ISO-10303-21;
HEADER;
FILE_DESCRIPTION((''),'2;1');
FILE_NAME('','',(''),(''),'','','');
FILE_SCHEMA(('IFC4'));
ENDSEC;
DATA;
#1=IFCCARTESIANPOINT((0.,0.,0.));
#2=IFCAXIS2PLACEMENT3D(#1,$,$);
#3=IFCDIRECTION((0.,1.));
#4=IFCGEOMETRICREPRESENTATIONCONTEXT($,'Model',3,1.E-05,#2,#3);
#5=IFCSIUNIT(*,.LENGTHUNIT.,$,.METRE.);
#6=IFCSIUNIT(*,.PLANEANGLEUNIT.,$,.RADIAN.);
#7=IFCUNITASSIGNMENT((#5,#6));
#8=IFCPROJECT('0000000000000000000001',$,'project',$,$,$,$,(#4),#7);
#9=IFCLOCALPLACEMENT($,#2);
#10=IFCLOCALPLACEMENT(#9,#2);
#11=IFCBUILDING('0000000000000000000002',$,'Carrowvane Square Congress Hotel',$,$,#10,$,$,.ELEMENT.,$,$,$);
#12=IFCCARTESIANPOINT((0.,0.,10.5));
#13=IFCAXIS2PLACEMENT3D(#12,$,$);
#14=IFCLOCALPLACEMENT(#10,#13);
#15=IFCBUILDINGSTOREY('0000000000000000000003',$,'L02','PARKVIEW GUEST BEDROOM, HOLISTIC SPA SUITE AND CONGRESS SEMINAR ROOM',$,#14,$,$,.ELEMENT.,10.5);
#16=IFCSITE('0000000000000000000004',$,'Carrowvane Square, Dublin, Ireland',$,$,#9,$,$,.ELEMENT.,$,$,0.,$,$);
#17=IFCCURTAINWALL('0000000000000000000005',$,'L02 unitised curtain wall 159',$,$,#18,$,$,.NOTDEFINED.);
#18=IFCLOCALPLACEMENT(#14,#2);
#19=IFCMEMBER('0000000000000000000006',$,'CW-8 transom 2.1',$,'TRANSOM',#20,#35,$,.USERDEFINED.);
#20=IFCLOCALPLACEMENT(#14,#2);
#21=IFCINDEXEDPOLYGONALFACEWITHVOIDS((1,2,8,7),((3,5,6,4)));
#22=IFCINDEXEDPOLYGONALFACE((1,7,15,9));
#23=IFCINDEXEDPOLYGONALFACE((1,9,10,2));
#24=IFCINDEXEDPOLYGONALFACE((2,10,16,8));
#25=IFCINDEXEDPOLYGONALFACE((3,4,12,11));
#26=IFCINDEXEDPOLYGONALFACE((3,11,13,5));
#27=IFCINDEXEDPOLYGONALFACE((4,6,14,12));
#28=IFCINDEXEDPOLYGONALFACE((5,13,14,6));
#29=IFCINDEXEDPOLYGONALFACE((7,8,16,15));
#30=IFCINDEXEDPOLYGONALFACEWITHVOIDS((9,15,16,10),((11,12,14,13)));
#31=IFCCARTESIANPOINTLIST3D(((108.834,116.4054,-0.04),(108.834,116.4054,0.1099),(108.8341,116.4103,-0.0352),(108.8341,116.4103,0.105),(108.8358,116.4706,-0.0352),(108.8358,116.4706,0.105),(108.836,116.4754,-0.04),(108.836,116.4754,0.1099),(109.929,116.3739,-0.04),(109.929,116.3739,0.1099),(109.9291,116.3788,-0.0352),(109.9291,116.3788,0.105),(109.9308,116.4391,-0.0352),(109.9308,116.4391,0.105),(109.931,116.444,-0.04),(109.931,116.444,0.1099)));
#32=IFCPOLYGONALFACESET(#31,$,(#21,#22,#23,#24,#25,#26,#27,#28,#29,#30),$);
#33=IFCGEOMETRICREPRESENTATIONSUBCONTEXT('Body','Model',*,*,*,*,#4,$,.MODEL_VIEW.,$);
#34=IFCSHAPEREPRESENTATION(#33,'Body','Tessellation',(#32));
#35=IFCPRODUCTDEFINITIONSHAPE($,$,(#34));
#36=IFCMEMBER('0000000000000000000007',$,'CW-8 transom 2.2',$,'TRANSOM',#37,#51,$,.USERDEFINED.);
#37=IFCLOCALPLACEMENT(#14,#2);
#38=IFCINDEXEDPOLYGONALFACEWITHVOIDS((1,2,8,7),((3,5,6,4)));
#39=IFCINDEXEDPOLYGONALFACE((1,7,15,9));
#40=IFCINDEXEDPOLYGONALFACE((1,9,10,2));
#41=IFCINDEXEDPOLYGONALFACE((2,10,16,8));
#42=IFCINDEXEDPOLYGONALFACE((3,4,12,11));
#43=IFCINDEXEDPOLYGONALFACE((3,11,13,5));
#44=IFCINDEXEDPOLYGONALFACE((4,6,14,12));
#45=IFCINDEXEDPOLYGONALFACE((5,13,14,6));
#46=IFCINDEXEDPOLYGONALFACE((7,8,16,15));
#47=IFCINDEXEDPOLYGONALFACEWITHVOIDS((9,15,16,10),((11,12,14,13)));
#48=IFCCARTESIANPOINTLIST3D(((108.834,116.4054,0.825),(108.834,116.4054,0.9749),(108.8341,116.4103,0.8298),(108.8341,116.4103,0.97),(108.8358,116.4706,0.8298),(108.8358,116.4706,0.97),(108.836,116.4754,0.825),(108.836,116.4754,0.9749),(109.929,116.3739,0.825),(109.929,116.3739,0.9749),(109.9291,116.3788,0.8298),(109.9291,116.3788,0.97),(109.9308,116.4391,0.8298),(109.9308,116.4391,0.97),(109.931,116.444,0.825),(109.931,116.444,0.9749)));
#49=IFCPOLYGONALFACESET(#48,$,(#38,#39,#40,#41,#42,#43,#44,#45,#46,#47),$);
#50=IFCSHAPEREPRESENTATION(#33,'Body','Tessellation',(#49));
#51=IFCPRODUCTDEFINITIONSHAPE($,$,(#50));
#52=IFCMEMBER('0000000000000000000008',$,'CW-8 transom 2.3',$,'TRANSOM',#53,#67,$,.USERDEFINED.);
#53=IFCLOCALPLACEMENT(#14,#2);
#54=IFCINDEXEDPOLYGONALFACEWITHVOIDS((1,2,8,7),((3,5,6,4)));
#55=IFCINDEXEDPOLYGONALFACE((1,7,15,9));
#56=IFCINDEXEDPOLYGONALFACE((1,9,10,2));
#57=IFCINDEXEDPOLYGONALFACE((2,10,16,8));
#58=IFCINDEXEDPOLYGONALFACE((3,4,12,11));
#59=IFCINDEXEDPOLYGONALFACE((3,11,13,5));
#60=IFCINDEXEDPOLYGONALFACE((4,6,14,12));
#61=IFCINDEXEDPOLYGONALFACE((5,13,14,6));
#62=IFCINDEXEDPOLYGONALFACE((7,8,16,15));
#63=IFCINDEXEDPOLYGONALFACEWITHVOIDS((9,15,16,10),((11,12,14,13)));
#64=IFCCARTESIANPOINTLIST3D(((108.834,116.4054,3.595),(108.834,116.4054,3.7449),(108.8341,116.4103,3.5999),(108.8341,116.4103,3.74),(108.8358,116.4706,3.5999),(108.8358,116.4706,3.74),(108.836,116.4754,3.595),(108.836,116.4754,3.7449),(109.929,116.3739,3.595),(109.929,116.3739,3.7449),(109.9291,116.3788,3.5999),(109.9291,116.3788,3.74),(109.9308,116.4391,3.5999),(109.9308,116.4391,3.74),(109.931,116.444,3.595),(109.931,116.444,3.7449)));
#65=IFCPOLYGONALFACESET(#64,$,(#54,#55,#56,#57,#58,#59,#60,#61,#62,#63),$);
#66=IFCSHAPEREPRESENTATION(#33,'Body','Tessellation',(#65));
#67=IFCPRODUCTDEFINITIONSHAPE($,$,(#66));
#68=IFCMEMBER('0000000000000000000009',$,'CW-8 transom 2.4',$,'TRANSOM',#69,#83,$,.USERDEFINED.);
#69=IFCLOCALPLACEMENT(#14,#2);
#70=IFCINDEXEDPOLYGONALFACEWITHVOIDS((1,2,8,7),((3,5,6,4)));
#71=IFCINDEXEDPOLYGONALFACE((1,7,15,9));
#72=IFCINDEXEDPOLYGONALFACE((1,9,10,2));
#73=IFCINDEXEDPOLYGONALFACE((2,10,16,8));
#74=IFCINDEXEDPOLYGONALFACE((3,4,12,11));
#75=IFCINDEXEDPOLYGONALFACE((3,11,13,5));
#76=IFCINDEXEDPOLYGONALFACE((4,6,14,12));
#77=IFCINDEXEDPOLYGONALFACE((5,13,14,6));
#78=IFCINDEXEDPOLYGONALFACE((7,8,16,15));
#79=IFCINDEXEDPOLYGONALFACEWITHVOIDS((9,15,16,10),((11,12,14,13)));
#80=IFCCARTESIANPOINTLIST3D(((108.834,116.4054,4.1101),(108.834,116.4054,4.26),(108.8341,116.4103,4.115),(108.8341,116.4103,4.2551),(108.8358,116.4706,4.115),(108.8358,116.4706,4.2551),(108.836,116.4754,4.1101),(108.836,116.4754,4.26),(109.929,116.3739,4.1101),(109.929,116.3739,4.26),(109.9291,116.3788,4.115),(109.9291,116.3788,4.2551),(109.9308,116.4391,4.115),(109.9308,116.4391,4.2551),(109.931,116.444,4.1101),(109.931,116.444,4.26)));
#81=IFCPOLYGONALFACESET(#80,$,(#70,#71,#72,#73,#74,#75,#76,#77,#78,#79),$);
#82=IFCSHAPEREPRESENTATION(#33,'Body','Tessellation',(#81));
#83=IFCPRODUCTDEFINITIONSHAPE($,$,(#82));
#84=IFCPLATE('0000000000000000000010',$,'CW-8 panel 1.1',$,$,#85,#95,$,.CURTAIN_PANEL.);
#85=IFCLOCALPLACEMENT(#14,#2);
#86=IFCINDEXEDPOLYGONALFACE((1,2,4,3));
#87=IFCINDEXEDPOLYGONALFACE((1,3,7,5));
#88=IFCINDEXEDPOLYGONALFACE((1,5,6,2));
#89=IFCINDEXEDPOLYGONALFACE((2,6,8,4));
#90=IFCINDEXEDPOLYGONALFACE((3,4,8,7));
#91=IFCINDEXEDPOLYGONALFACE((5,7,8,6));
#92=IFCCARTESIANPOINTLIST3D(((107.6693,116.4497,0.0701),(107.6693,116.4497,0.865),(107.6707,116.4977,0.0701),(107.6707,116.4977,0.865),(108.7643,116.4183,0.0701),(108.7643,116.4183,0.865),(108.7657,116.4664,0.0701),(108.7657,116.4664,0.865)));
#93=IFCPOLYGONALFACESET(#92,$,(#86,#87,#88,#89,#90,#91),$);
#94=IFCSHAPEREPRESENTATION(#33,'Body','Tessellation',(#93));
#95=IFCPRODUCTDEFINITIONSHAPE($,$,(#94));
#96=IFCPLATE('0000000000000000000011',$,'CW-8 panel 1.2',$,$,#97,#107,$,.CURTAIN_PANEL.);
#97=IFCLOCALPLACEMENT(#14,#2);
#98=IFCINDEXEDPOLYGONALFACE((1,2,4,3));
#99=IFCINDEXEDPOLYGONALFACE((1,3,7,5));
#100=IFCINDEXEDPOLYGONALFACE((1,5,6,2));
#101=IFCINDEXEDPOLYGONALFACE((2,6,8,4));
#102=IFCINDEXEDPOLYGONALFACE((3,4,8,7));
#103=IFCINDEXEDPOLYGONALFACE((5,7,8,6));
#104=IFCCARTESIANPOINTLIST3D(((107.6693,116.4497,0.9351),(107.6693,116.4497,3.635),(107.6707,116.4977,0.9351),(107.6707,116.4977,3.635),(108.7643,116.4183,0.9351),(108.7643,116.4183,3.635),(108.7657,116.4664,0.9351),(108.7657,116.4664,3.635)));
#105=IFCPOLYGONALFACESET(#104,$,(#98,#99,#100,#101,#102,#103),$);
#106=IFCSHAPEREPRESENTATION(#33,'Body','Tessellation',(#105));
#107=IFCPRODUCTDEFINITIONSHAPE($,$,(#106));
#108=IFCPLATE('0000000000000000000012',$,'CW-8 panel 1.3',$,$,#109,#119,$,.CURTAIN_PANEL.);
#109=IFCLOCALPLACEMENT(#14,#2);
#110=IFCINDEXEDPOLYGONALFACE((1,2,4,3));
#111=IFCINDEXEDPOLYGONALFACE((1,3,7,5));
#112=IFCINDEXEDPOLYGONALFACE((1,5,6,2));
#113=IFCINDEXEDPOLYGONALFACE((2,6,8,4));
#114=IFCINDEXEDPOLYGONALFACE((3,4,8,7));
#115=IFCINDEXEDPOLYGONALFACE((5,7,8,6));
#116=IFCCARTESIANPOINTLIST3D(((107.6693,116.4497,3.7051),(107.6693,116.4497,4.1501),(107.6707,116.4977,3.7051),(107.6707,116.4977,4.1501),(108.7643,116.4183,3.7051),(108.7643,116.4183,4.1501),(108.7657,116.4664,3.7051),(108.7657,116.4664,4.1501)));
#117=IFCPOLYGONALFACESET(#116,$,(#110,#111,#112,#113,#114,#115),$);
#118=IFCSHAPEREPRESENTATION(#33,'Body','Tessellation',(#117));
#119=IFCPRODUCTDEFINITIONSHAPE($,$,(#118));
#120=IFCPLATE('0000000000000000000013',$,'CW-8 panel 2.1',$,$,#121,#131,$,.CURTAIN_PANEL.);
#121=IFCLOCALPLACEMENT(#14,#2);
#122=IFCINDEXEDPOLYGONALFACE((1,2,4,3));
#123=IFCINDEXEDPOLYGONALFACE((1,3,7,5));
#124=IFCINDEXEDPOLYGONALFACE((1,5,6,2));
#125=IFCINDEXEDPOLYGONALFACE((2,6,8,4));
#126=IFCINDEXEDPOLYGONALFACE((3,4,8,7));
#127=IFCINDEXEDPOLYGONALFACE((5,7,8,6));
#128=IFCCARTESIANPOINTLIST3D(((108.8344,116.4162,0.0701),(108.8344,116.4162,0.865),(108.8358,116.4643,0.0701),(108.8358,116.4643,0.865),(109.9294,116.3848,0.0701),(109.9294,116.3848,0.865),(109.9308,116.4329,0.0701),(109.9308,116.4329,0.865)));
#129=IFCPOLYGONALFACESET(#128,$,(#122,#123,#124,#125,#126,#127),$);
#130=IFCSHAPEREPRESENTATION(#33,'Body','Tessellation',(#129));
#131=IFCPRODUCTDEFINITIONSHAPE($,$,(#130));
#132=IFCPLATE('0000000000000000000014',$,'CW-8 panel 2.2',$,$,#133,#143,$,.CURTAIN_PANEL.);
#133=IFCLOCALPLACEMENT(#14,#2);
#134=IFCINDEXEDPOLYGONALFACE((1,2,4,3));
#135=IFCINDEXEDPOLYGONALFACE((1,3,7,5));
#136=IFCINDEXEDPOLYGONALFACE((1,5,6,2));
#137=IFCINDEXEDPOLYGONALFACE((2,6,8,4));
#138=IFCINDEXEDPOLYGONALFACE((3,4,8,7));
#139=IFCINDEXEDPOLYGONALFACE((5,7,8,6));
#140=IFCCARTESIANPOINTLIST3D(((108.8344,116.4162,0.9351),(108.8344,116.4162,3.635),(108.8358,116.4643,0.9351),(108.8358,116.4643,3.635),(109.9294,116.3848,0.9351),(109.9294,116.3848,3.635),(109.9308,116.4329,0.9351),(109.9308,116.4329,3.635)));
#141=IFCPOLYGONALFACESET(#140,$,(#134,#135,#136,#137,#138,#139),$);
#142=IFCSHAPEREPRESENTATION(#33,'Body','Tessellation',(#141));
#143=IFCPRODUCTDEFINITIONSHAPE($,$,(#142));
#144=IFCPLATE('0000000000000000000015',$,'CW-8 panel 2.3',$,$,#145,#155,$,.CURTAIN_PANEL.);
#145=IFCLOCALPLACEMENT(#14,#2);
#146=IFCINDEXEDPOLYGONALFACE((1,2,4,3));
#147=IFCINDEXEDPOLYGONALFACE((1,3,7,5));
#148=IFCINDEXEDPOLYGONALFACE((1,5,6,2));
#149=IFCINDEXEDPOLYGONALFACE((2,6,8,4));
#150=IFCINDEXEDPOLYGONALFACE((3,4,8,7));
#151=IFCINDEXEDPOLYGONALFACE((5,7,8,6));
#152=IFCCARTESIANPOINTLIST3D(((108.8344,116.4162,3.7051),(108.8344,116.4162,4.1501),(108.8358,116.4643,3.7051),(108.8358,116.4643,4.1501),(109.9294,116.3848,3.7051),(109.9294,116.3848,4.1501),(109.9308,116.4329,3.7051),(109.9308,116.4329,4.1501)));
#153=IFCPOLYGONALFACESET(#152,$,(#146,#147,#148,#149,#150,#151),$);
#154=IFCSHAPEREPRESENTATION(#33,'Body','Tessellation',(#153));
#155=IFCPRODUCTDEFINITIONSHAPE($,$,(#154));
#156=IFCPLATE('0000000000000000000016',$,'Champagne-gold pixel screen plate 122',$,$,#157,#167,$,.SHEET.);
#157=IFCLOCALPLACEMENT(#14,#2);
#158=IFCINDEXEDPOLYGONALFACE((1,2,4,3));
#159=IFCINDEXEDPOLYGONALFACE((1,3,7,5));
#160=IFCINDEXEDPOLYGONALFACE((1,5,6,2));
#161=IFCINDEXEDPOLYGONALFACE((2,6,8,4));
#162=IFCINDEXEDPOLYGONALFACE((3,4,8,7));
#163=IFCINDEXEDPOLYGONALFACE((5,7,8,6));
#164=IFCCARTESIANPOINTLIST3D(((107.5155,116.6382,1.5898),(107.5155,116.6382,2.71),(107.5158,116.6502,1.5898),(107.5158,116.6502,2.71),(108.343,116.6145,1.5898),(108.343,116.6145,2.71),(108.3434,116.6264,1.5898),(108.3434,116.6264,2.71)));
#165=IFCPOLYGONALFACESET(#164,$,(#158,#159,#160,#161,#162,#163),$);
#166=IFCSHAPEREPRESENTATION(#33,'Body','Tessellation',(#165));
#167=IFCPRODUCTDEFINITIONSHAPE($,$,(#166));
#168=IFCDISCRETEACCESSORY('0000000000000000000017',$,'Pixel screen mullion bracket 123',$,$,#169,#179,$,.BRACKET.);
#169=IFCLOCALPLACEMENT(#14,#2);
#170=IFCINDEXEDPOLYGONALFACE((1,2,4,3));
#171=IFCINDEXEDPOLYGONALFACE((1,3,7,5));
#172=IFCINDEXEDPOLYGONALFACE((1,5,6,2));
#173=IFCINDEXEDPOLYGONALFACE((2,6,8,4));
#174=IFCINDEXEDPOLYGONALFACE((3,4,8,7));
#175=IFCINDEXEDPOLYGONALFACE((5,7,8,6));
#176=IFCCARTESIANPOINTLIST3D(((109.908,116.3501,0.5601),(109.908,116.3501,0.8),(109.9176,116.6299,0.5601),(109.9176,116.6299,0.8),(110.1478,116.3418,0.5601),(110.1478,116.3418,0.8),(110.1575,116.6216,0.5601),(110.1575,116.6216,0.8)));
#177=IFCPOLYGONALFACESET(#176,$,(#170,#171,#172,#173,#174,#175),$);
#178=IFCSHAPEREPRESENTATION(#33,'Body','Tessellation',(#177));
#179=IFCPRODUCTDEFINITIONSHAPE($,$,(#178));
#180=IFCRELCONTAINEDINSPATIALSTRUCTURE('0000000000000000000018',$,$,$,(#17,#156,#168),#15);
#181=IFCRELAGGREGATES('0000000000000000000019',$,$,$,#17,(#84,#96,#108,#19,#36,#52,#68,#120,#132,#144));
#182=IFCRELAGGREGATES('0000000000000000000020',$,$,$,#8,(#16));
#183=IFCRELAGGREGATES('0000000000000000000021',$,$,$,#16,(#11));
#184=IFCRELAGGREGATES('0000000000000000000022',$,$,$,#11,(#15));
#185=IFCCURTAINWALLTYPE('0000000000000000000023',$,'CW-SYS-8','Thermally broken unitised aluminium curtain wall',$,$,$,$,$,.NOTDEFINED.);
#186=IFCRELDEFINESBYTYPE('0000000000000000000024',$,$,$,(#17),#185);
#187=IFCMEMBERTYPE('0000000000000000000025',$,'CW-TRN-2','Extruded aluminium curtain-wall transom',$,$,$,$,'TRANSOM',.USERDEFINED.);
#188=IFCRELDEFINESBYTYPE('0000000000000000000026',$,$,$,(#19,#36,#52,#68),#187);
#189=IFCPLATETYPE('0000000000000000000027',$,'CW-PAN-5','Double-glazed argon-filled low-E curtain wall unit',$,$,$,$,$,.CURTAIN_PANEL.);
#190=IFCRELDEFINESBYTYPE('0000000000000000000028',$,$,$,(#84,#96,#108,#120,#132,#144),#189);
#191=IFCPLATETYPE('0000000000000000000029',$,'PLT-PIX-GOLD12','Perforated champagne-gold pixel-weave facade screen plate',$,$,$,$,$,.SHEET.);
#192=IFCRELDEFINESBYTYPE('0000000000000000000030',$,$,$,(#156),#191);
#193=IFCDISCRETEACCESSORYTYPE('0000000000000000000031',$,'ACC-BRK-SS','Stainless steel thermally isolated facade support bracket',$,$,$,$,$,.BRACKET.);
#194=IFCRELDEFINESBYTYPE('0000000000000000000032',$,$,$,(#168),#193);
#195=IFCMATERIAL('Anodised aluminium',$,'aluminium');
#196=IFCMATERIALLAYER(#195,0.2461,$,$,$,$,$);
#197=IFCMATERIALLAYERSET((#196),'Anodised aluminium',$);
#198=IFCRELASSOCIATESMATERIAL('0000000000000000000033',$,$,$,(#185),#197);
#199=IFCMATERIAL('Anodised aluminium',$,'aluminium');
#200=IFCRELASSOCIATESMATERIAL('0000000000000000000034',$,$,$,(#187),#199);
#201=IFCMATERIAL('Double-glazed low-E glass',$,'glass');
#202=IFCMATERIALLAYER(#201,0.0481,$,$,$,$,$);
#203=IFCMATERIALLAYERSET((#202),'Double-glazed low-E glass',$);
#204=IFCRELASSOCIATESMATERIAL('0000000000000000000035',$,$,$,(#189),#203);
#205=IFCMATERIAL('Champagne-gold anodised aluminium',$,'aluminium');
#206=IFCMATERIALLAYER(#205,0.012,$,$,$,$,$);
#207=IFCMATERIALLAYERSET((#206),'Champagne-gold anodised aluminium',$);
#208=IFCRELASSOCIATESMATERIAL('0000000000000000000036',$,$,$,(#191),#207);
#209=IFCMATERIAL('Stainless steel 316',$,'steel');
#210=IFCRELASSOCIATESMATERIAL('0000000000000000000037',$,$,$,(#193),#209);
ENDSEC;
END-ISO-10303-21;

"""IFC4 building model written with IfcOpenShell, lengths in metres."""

from ifc_helpers import new_model, si_unit, direction, frame, origin, origin_2d, place, context, subcontext, project, spatial, rectangle, hollow_rectangle, extrude, material, layer, layer_set, material_profile, profile_set, type_object, element, aggregate, save


model = new_model("IFC4")

# Units and contexts
model_context = context("Model", 3, precision=1e-05, world=origin(), true_north=direction((0.0, 1.0)))
body_context = subcontext(model_context, "Body", "Model", "MODEL_VIEW")
ifc_project = project(units=[si_unit("LENGTHUNIT", "METRE"), si_unit("PLANEANGLEUNIT", "RADIAN")], contexts=[model_context])

# Site, building, storey
site_placement = place(None, origin())
site = spatial("IfcSite", under=ifc_project, at=site_placement, Name="Carrowvane Square, Dublin, Ireland", CompositionType="ELEMENT", RefElevation=0.0)
building_placement = place(site_placement, origin())
building = spatial("IfcBuilding", under=site, at=building_placement, Name="Carrowvane Square Congress Hotel", CompositionType="ELEMENT")
storey_placement = place(building_placement, frame((0.0, 0.0, 10.5)))
storey = spatial("IfcBuildingStorey", under=building, at=storey_placement, Name="L02", Description="PARKVIEW GUEST BEDROOM, HOLISTIC SPA SUITE AND CONGRESS SEMINAR ROOM", CompositionType="ELEMENT", Elevation=10.5)

# Curtain wall
ifc_material_1 = material(Name="Anodised aluminium", Category="aluminium")
ifc_layer_1 = layer(ifc_material_1, 0.2461)
ifc_layer_set_1 = layer_set([ifc_layer_1], Name="Anodised aluminium")
curtain_wall_type_1 = type_object("IfcCurtainWallType", Name="CW-SYS-8", Description="Thermally broken unitised aluminium curtain wall", PredefinedType="NOTDEFINED", material=ifc_layer_set_1)
curtain_wall_1_placement = place(storey_placement, origin())
curtain_wall_1 = element("IfcCurtainWall", 1, at=curtain_wall_1_placement, inside=storey, type_object=curtain_wall_type_1, Name="L02 unitised curtain wall 159", PredefinedType="NOTDEFINED")

# Members
ifc_material_2 = material(Name="Anodised aluminium", Category="aluminium")
ifc_material_profile_1 = material_profile(ifc_material_2, hollow_rectangle(XDim=0.0701, YDim=0.1499, WallThickness=0.0049, at=origin_2d()), Name="CW-TR 70x150x5")
ifc_profile_set_1 = profile_set([ifc_material_profile_1], Name="Anodised aluminium")
member_type_1 = type_object("IfcMemberType", Name="CW-TRN-2", Description="Extruded aluminium curtain-wall transom", ElementType="TRANSOM", PredefinedType="USERDEFINED", material=ifc_profile_set_1)
member_1_placement = place(storey_placement, frame((108.835, 116.4404, 0.0349), z_axis=(0.999587, -0.028751, 0.0), x_axis=(0.028751, 0.999587, 0.0)))
member_1 = element("IfcMember", 2, at=member_1_placement, type_object=member_type_1, Name="CW-8 transom 2.1", ObjectType="TRANSOM", PredefinedType="USERDEFINED", context=body_context, shape_type="SweptSolid", body=[
    extrude(hollow_rectangle(XDim=0.0701, YDim=0.1499, WallThickness=0.0049, at=origin_2d()), origin(), (0.0, 0.0, 1.0), 1.0955),
])
member_2_placement = place(storey_placement, frame((108.835, 116.4404, 0.8999), z_axis=(0.999587, -0.028751, 0.0), x_axis=(0.028751, 0.999587, 0.0)))
member_2 = element("IfcMember", 3, at=member_2_placement, type_object=member_type_1, Name="CW-8 transom 2.2", ObjectType="TRANSOM", PredefinedType="USERDEFINED", context=body_context, shape_type="SweptSolid", body=[
    extrude(hollow_rectangle(XDim=0.0701, YDim=0.1499, WallThickness=0.0049, at=origin_2d()), origin(), (0.0, 0.0, 1.0), 1.0955),
])
member_3_placement = place(storey_placement, frame((108.835, 116.4404, 3.6699), z_axis=(0.999587, -0.028751, 0.0), x_axis=(0.028751, 0.999587, 0.0)))
member_3 = element("IfcMember", 4, at=member_3_placement, type_object=member_type_1, Name="CW-8 transom 2.3", ObjectType="TRANSOM", PredefinedType="USERDEFINED", context=body_context, shape_type="SweptSolid", body=[
    extrude(hollow_rectangle(XDim=0.0701, YDim=0.1499, WallThickness=0.0049, at=origin_2d()), origin(), (0.0, 0.0, 1.0), 1.0955),
])
member_4_placement = place(storey_placement, frame((108.835, 116.4404, 4.1851), z_axis=(0.999587, -0.028751, 0.0), x_axis=(0.028751, 0.999587, 0.0)))
member_4 = element("IfcMember", 5, at=member_4_placement, type_object=member_type_1, Name="CW-8 transom 2.4", ObjectType="TRANSOM", PredefinedType="USERDEFINED", context=body_context, shape_type="SweptSolid", body=[
    extrude(hollow_rectangle(XDim=0.0701, YDim=0.1499, WallThickness=0.0049, at=origin_2d()), origin(), (0.0, 0.0, 1.0), 1.0955),
])

# Plates
ifc_material_3 = material(Name="Double-glazed low-E glass", Category="glass")
ifc_layer_2 = layer(ifc_material_3, 0.0481)
ifc_layer_set_2 = layer_set([ifc_layer_2], Name="Double-glazed low-E glass")
plate_type_1 = type_object("IfcPlateType", Name="CW-PAN-5", Description="Double-glazed argon-filled low-E curtain wall unit", PredefinedType="CURTAIN_PANEL", material=ifc_layer_set_2)
plate_1_placement = place(storey_placement, frame((108.2175, 116.458, 0.0701), z_axis=(0.0, 0.0, 1.0), x_axis=(0.99959, -0.028638, 0.0)))
plate_1 = element("IfcPlate", 6, at=plate_1_placement, type_object=plate_type_1, Name="CW-8 panel 1.1", PredefinedType="CURTAIN_PANEL", context=body_context, shape_type="SweptSolid", body=[
    extrude(rectangle(XDim=1.0955, YDim=0.0481, at=origin_2d()), origin(), (0.0, 0.0, 1.0), 0.7949),
])
plate_2_placement = place(storey_placement, frame((108.2175, 116.458, 0.9351), z_axis=(0.0, 0.0, 1.0), x_axis=(0.99959, -0.028638, 0.0)))
plate_2 = element("IfcPlate", 7, at=plate_2_placement, type_object=plate_type_1, Name="CW-8 panel 1.2", PredefinedType="CURTAIN_PANEL", context=body_context, shape_type="SweptSolid", body=[
    extrude(rectangle(XDim=1.0955, YDim=0.0481, at=origin_2d()), origin(), (0.0, 0.0, 1.0), 2.7),
])
plate_3_placement = place(storey_placement, frame((108.2175, 116.458, 3.7051), z_axis=(0.0, 0.0, 1.0), x_axis=(0.99959, -0.028638, 0.0)))
plate_3 = element("IfcPlate", 8, at=plate_3_placement, type_object=plate_type_1, Name="CW-8 panel 1.3", PredefinedType="CURTAIN_PANEL", context=body_context, shape_type="SweptSolid", body=[
    extrude(rectangle(XDim=1.0955, YDim=0.0481, at=origin_2d()), origin(), (0.0, 0.0, 1.0), 0.4451),
])
plate_4_placement = place(storey_placement, frame((109.3826, 116.4246, 0.0701), z_axis=(0.0, 0.0, 1.0), x_axis=(0.99959, -0.028638, 0.0)))
plate_4 = element("IfcPlate", 9, at=plate_4_placement, type_object=plate_type_1, Name="CW-8 panel 2.1", PredefinedType="CURTAIN_PANEL", context=body_context, shape_type="SweptSolid", body=[
    extrude(rectangle(XDim=1.0955, YDim=0.0481, at=origin_2d()), origin(), (0.0, 0.0, 1.0), 0.7949),
])
plate_5_placement = place(storey_placement, frame((109.3826, 116.4246, 0.9351), z_axis=(0.0, 0.0, 1.0), x_axis=(0.99959, -0.028638, 0.0)))
plate_5 = element("IfcPlate", 10, at=plate_5_placement, type_object=plate_type_1, Name="CW-8 panel 2.2", PredefinedType="CURTAIN_PANEL", context=body_context, shape_type="SweptSolid", body=[
    extrude(rectangle(XDim=1.0955, YDim=0.0481, at=origin_2d()), origin(), (0.0, 0.0, 1.0), 2.7),
])
plate_6_placement = place(storey_placement, frame((109.3826, 116.4246, 3.7051), z_axis=(0.0, 0.0, 1.0), x_axis=(0.99959, -0.028638, 0.0)))
plate_6 = element("IfcPlate", 11, at=plate_6_placement, type_object=plate_type_1, Name="CW-8 panel 2.3", PredefinedType="CURTAIN_PANEL", context=body_context, shape_type="SweptSolid", body=[
    extrude(rectangle(XDim=1.0955, YDim=0.0481, at=origin_2d()), origin(), (0.0, 0.0, 1.0), 0.4451),
])
aggregate(curtain_wall_1, [plate_1, plate_2, plate_3, member_1, member_2, member_3, member_4, plate_4, plate_5, plate_6])
ifc_material_4 = material(Name="Champagne-gold anodised aluminium", Category="aluminium")
ifc_layer_3 = layer(ifc_material_4, 0.012)
ifc_layer_set_3 = layer_set([ifc_layer_3], Name="Champagne-gold anodised aluminium")
plate_type_2 = type_object("IfcPlateType", Name="PLT-PIX-GOLD12", Description="Perforated champagne-gold pixel-weave facade screen plate", PredefinedType="SHEET", material=ifc_layer_set_3)
plate_7_placement = place(storey_placement, frame((107.9294, 116.6323, 1.5898), z_axis=(0.0, 0.0, 1.0), x_axis=(0.99959, -0.028639, 0.0)))
element("IfcPlate", 12, at=plate_7_placement, inside=storey, type_object=plate_type_2, Name="Champagne-gold pixel screen plate 122", PredefinedType="SHEET", context=body_context, shape_type="SweptSolid", body=[
    extrude(rectangle(XDim=0.8279, YDim=0.012, at=origin_2d()), origin(), (0.0, 0.0, 1.0), 1.1201),
])

# Discrete accessory
ifc_material_5 = material(Name="Stainless steel 316", Category="steel")
discrete_accessory_type = type_object("IfcDiscreteAccessoryType", Name="ACC-BRK-SS", Description="Stainless steel thermally isolated facade support bracket", PredefinedType="BRACKET", material=ifc_material_5)
discrete_accessory_placement = place(storey_placement, frame((110.0327, 116.4858, 0.5601), z_axis=(0.0, 0.0, 1.0), x_axis=(0.999404, -0.034527, 0.0)))
element("IfcDiscreteAccessory", 13, at=discrete_accessory_placement, inside=storey, type_object=discrete_accessory_type, Name="Pixel screen mullion bracket 123", PredefinedType="BRACKET", context=body_context, shape_type="SweptSolid", body=[
    extrude(rectangle(XDim=0.24, YDim=0.28, at=origin_2d()), origin(), (0.0, 0.0, 1.0), 0.24),
])

save(model, "model.ifc")
